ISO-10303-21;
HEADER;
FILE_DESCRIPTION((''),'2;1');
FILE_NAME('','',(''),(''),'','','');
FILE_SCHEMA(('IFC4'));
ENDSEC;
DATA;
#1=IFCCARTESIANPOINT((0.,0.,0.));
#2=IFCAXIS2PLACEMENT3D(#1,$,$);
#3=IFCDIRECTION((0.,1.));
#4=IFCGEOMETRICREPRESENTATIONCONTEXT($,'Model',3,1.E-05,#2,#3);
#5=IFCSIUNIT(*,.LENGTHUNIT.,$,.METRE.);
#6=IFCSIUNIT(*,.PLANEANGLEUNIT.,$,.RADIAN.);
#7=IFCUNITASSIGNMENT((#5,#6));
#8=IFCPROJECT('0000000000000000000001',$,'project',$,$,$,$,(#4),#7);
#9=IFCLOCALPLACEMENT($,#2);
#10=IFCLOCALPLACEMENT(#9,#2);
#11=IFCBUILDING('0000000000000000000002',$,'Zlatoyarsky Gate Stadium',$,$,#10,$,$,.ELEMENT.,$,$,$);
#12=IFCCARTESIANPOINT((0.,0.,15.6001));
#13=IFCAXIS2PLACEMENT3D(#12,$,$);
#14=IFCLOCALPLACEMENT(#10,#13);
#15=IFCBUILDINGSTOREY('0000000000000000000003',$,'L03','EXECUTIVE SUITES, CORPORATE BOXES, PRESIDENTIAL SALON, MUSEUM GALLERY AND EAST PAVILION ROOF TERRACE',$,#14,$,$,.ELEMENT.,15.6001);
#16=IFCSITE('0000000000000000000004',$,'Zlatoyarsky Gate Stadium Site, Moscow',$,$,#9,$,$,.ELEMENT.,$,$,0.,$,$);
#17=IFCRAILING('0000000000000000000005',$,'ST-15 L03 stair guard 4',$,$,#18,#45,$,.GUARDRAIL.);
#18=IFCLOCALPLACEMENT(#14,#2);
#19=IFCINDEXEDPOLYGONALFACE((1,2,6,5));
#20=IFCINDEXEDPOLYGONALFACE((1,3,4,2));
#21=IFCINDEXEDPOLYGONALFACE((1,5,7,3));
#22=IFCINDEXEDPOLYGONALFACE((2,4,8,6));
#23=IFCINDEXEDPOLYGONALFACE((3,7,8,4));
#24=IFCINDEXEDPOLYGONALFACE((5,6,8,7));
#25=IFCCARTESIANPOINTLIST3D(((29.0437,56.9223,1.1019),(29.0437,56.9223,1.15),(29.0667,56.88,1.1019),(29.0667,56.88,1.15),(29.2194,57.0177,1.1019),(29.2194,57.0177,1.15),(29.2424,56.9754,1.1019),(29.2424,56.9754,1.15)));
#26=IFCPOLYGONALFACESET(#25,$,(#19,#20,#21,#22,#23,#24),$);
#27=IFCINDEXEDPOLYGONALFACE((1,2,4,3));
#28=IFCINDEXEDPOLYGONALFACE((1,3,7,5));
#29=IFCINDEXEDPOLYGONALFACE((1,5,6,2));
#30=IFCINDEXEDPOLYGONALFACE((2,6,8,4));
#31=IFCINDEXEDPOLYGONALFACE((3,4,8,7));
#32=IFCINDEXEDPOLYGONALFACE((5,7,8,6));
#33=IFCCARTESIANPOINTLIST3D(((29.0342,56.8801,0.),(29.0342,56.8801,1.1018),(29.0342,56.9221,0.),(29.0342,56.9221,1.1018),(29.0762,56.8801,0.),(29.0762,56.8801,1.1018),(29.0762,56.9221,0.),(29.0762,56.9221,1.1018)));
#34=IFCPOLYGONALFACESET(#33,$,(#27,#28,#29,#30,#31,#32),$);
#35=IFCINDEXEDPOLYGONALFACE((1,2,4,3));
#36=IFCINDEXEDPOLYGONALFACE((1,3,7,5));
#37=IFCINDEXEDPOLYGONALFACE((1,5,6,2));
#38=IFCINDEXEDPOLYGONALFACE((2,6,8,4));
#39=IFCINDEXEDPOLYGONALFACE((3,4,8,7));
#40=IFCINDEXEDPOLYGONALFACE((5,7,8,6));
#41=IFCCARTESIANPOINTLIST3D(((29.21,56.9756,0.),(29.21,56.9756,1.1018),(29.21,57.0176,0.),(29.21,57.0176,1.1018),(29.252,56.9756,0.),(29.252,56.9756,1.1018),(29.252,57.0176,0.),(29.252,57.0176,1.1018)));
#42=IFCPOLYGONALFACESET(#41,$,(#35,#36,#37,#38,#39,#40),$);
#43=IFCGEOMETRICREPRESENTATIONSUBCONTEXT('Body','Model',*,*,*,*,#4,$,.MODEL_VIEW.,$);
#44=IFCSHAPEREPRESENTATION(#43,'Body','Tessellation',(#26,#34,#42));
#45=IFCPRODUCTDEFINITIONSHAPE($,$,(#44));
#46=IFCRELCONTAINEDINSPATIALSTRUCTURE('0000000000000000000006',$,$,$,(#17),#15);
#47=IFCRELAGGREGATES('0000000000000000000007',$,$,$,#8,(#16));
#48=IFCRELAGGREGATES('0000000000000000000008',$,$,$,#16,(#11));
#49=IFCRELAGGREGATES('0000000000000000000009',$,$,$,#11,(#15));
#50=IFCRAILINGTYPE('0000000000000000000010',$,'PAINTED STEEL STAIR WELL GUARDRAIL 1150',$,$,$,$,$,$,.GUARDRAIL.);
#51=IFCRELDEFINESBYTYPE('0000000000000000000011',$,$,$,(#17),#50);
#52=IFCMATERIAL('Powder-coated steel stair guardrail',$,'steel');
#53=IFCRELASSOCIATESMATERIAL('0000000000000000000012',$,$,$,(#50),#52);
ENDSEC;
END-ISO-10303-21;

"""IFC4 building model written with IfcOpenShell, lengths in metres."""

from ifc_helpers import new_model, si_unit, direction, frame, origin, origin_2d, place, context, subcontext, project, spatial, rectangle, extrude, material, type_object, element, save


model = new_model("IFC4")

# Units and contexts
model_context = context("Model", 3, precision=1e-05, world=origin(), true_north=direction((0.0, 1.0)))
body_context = subcontext(model_context, "Body", "Model", "MODEL_VIEW")
ifc_project = project(units=[si_unit("LENGTHUNIT", "METRE"), si_unit("PLANEANGLEUNIT", "RADIAN")], contexts=[model_context])

# Site, building, storey
site_placement = place(None, origin())
site = spatial("IfcSite", under=ifc_project, at=site_placement, Name="Zlatoyarsky Gate Stadium Site, Moscow", CompositionType="ELEMENT", RefElevation=0.0)
building_placement = place(site_placement, origin())
building = spatial("IfcBuilding", under=site, at=building_placement, Name="Zlatoyarsky Gate Stadium", CompositionType="ELEMENT")
storey_placement = place(building_placement, frame((0.0, 0.0, 15.6001)))
storey = spatial("IfcBuildingStorey", under=building, at=storey_placement, Name="L03", Description="EXECUTIVE SUITES, CORPORATE BOXES, PRESIDENTIAL SALON, MUSEUM GALLERY AND EAST PAVILION ROOF TERRACE", CompositionType="ELEMENT", Elevation=15.6001)

# Railing
ifc_material_1 = material(Name="Powder-coated steel stair guardrail", Category="steel")
railing_type = type_object("IfcRailingType", Name="PAINTED STEEL STAIR WELL GUARDRAIL 1150", PredefinedType="GUARDRAIL", material=ifc_material_1)
railing_1_placement = place(storey_placement, frame((29.0552, 56.9011, 0.0)))
element("IfcRailing", 1, at=railing_1_placement, inside=storey, type_object=railing_type, Name="ST-15 L03 stair guard 4", PredefinedType="GUARDRAIL", context=body_context, shape_type="SweptSolid", body=[
    extrude(rectangle(XDim=0.0481, YDim=0.0481, at=origin_2d()), frame((0.0, 0.0, 1.126), z_axis=(0.87878, 0.477227, 0.0), x_axis=(-0.477227, 0.87878, 0.0)), (0.0, 0.0, 1.0), 0.2),
    extrude(rectangle(XDim=0.042, YDim=0.042, at=origin_2d()), origin(), (0.0, 0.0, 1.0), 1.1018),
    extrude(rectangle(XDim=0.042, YDim=0.042, at=origin_2d()), frame((0.1758, 0.0955, 0.0)), (0.0, 0.0, 1.0), 1.1018),
])

save(model, "model.ifc")
